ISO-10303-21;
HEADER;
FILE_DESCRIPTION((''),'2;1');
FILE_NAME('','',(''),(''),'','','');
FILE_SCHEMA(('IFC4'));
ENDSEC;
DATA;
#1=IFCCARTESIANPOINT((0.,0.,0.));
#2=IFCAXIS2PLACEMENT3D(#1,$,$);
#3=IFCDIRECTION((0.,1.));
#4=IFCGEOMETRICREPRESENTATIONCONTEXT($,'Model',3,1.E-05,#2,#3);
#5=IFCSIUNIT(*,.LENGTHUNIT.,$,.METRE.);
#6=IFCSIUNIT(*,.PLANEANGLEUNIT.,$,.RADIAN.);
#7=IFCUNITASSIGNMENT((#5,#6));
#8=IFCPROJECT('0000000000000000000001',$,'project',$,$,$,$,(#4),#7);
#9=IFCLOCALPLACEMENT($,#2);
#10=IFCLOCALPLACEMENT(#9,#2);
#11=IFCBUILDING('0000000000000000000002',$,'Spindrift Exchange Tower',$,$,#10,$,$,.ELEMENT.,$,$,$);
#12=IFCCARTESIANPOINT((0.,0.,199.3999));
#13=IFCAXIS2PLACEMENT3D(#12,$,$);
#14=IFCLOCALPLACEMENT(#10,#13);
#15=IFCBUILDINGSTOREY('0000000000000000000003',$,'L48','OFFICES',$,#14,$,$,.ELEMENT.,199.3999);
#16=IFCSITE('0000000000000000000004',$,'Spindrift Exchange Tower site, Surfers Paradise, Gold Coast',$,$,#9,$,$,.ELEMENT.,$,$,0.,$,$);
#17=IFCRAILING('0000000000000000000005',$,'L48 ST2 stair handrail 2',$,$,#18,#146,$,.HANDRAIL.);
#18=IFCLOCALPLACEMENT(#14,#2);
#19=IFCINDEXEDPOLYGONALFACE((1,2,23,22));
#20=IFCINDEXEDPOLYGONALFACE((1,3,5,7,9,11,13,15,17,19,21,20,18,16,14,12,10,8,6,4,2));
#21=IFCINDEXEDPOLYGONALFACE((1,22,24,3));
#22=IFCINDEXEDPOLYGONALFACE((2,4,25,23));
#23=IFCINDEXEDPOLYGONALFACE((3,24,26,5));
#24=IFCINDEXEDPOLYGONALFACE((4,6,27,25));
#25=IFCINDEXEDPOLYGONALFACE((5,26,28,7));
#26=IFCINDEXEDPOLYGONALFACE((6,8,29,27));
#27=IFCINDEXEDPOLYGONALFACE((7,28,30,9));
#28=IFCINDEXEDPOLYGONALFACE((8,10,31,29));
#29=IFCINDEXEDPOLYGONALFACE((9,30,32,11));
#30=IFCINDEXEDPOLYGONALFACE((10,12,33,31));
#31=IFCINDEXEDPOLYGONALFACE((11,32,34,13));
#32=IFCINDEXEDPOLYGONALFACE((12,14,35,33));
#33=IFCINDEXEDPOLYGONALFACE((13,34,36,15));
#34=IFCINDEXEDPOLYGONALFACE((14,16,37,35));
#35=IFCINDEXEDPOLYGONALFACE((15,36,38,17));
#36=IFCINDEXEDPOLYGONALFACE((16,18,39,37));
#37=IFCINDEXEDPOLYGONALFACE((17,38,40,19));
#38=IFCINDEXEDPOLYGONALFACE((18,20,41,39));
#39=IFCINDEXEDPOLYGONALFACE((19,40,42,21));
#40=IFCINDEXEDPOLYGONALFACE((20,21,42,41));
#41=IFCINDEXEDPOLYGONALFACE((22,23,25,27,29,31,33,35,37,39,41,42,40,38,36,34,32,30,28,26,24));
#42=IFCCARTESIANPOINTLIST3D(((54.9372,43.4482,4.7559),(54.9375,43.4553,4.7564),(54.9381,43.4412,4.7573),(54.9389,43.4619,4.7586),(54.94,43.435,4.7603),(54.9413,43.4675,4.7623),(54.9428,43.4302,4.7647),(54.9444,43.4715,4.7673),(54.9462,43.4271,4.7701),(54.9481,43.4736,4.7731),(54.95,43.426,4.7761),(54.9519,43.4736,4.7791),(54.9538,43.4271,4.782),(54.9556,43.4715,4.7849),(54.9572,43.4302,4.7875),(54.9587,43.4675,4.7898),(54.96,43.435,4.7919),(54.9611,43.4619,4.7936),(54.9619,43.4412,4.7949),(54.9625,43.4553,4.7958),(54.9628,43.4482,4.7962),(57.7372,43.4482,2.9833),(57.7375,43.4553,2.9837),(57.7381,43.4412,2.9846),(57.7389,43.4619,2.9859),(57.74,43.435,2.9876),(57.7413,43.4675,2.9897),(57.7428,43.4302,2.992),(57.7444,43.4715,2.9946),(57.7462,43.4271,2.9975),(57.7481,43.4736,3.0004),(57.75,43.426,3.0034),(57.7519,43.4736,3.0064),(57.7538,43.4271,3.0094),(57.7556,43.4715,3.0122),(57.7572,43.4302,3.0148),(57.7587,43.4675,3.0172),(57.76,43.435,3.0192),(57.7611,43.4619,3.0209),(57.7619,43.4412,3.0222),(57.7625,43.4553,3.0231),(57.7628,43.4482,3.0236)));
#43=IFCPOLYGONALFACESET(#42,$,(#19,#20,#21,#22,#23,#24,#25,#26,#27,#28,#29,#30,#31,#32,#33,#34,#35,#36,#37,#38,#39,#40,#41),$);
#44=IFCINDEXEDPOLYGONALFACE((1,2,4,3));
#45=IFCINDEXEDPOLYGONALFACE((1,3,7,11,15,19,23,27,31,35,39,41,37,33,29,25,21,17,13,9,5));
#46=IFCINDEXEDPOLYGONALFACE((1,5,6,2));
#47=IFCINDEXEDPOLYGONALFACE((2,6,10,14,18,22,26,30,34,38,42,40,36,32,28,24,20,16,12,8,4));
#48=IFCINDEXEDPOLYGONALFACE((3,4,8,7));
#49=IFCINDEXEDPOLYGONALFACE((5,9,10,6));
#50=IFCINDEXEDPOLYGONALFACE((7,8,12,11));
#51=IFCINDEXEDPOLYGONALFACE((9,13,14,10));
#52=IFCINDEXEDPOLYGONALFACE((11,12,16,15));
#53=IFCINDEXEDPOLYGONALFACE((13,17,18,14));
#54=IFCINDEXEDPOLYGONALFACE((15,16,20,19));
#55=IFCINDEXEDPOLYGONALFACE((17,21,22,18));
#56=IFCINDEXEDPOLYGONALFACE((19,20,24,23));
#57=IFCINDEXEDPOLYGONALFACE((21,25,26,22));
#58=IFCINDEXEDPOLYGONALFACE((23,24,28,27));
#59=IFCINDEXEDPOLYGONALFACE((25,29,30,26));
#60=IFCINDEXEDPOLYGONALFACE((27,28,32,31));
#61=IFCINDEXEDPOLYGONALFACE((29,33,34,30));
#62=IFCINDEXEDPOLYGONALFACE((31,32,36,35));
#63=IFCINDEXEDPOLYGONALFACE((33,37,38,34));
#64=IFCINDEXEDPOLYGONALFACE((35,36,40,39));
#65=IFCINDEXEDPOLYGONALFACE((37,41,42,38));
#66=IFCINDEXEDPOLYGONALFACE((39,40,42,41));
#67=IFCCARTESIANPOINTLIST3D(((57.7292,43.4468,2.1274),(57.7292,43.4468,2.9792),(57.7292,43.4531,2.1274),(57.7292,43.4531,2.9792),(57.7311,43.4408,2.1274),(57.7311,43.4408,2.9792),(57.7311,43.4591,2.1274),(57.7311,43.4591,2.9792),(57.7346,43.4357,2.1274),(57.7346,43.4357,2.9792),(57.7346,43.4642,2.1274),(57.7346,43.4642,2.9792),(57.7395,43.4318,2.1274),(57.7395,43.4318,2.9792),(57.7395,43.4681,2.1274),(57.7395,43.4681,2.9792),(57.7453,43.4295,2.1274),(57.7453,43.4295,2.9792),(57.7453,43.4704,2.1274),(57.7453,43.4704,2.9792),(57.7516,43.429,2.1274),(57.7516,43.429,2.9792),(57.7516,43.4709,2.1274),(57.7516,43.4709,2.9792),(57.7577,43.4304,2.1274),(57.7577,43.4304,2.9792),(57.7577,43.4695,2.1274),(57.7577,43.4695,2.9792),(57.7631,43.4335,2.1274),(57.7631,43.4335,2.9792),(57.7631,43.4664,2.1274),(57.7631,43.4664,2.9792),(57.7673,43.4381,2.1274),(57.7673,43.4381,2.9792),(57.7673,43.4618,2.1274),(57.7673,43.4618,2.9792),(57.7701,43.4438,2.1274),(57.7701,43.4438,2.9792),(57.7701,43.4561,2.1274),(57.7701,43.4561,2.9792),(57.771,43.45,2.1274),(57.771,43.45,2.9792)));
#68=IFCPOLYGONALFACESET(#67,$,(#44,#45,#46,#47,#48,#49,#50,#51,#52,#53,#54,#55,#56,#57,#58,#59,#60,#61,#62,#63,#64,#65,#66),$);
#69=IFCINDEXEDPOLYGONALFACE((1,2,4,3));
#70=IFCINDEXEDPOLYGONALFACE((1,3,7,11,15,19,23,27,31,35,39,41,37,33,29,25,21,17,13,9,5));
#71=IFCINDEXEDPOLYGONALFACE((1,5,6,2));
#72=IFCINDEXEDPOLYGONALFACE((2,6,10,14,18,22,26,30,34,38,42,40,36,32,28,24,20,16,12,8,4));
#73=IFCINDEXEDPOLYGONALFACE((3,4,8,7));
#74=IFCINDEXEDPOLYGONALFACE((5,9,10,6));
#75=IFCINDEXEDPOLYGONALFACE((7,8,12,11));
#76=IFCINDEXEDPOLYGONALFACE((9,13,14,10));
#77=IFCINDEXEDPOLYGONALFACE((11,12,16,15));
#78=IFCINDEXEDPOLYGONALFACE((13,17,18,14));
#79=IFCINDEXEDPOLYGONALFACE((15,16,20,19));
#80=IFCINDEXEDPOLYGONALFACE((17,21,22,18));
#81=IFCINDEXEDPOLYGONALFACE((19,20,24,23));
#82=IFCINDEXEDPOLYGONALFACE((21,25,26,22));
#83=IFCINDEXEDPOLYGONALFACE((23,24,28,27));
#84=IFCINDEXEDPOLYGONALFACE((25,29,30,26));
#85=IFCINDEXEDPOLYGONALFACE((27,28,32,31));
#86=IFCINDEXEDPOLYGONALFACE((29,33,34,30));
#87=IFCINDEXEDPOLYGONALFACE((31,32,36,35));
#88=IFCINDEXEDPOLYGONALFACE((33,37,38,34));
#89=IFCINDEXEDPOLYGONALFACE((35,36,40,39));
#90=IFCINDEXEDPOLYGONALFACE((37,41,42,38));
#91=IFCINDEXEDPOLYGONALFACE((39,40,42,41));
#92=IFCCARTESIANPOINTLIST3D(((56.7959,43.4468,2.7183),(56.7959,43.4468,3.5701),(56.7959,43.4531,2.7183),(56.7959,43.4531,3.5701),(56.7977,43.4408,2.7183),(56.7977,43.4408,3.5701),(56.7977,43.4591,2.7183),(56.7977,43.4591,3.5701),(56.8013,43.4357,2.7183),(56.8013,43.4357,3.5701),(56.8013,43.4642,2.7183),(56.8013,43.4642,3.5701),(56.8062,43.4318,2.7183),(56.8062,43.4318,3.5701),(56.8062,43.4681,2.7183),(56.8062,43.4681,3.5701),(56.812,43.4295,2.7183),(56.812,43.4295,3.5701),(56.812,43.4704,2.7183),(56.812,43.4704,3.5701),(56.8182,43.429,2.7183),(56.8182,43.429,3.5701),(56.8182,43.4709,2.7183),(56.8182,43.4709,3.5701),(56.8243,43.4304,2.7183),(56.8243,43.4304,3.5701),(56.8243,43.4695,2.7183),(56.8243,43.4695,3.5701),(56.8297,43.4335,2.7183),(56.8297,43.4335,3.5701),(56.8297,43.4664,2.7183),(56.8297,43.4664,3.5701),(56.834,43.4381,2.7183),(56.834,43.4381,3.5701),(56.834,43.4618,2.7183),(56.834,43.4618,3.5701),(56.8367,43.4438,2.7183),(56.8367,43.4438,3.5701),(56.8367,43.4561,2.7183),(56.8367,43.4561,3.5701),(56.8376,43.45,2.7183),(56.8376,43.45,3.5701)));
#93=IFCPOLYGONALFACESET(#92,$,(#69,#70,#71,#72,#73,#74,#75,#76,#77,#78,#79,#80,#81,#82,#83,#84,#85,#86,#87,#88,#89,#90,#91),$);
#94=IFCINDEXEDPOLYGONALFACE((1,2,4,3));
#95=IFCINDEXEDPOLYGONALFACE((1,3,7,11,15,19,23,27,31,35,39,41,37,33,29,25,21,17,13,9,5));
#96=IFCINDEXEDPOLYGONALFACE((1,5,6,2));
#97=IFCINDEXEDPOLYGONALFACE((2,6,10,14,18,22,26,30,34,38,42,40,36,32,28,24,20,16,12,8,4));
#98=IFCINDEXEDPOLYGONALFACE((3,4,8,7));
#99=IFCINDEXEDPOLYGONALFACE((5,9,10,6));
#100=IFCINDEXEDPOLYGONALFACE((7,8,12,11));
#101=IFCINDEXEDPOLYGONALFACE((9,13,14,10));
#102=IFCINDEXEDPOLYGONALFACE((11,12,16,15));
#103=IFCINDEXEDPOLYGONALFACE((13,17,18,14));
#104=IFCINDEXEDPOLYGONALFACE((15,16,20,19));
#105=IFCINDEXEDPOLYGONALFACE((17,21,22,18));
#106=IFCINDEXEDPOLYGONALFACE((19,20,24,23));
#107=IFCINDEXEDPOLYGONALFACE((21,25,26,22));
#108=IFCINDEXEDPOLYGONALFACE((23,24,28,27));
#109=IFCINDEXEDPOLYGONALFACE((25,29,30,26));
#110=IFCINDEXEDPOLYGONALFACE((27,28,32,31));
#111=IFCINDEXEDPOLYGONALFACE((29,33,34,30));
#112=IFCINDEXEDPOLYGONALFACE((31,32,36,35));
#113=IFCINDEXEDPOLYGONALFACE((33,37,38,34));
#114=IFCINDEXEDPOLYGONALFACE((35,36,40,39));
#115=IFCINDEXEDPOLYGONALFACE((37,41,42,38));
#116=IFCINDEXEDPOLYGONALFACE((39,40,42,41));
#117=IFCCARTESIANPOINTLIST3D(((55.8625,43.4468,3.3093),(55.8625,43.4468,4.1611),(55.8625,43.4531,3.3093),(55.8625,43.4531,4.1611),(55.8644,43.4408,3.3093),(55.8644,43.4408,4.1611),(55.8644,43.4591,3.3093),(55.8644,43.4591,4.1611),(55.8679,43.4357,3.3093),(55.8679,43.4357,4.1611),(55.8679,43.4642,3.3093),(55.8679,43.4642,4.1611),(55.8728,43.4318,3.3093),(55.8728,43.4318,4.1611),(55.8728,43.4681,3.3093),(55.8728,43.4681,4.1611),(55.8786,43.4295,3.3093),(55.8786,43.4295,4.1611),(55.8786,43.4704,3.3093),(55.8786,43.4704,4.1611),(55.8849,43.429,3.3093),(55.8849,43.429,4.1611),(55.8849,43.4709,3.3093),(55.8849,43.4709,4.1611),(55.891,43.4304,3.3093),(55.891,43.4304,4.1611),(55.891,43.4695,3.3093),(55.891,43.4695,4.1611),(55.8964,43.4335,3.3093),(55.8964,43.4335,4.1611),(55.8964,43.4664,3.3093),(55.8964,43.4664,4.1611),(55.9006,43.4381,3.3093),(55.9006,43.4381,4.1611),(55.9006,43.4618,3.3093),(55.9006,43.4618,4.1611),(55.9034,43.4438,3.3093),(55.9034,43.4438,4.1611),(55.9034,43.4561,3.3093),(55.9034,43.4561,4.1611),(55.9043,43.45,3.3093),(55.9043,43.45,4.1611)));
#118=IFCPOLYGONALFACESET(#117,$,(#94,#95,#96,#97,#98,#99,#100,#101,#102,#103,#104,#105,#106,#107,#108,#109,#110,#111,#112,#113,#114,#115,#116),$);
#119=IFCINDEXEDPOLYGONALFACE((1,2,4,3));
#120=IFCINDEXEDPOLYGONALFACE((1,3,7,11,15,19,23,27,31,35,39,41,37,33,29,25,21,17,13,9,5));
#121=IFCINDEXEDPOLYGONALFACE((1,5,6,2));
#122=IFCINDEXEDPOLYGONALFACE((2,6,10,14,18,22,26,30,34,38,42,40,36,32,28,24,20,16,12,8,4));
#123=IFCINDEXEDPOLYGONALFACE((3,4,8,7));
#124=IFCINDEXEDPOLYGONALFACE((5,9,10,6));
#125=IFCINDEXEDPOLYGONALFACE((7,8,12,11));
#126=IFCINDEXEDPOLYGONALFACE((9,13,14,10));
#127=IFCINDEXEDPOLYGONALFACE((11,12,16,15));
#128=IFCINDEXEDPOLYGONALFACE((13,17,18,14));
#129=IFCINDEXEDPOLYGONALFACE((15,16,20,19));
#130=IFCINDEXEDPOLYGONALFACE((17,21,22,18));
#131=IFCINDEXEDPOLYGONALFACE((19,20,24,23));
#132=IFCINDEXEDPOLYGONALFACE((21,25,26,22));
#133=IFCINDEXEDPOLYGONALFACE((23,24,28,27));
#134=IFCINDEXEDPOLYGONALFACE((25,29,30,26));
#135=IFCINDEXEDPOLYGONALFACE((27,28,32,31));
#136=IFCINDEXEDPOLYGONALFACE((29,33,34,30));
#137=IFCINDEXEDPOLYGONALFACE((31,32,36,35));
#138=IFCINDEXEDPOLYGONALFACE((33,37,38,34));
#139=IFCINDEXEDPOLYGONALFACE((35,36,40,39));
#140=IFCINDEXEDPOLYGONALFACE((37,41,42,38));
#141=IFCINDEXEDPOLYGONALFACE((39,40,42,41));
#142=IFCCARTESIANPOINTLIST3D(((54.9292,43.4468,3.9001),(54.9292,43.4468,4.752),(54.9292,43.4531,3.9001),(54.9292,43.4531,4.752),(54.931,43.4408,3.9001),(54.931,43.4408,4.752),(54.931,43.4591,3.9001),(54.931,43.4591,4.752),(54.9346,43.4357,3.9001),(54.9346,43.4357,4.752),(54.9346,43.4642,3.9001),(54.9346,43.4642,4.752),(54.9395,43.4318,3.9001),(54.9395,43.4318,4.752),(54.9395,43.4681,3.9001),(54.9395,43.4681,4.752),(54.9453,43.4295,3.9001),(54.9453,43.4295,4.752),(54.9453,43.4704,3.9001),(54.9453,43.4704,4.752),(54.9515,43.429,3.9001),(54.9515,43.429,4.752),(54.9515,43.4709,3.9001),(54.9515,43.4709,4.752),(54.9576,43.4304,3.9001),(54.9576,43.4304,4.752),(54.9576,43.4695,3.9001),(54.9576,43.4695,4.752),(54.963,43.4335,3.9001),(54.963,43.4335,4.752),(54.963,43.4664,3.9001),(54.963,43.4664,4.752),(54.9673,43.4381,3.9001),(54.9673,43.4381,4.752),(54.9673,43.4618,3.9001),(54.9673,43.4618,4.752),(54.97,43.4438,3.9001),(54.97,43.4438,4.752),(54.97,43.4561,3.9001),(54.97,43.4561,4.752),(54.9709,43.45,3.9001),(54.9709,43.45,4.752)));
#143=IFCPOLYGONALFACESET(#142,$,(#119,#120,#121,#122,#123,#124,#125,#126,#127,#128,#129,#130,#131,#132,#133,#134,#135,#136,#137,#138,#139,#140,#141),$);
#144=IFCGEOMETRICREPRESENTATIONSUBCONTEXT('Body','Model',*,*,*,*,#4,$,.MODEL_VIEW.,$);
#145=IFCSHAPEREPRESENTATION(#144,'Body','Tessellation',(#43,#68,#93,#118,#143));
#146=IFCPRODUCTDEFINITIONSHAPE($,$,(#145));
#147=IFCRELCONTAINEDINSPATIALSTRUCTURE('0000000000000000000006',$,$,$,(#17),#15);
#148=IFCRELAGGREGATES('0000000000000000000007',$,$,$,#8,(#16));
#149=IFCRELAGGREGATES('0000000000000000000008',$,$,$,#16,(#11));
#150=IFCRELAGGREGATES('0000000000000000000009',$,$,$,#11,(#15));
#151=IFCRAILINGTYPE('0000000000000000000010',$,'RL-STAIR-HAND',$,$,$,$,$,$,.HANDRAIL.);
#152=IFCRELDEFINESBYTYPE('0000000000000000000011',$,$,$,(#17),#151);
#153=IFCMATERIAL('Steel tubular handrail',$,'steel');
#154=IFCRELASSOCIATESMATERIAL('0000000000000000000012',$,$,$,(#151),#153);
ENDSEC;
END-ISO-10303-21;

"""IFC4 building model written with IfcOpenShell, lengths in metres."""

from ifc_helpers import new_model, si_unit, direction, frame, origin, origin_2d, place, context, subcontext, project, spatial, circle, extrude, material, type_object, element, save


model = new_model("IFC4")

# Units and contexts
model_context = context("Model", 3, precision=1e-05, world=origin(), true_north=direction((0.0, 1.0)))
body_context = subcontext(model_context, "Body", "Model", "MODEL_VIEW")
ifc_project = project(units=[si_unit("LENGTHUNIT", "METRE"), si_unit("PLANEANGLEUNIT", "RADIAN")], contexts=[model_context])

# Site, building, storey
site_placement = place(None, origin())
site = spatial("IfcSite", under=ifc_project, at=site_placement, Name="Spindrift Exchange Tower site, Surfers Paradise, Gold Coast", CompositionType="ELEMENT", RefElevation=0.0)
building_placement = place(site_placement, origin())
building = spatial("IfcBuilding", under=site, at=building_placement, Name="Spindrift Exchange Tower", CompositionType="ELEMENT")
storey_placement = place(building_placement, frame((0.0, 0.0, 199.3999)))
storey = spatial("IfcBuildingStorey", under=building, at=storey_placement, Name="L48", Description="OFFICES", CompositionType="ELEMENT", Elevation=199.3999)

# Railing
ifc_material_1 = material(Name="Steel tubular handrail", Category="steel")
railing_type_1 = type_object("IfcRailingType", Name="RL-STAIR-HAND", PredefinedType="HANDRAIL", material=ifc_material_1)
railing_1_placement = place(storey_placement, frame((57.75, 43.45, 2.1274)))
element("IfcRailing", 1, at=railing_1_placement, inside=storey, type_object=railing_type_1, Name="L48 ST2 stair handrail 2", PredefinedType="HANDRAIL", context=body_context, shape_type="SweptSolid", body=[
    extrude(circle(Radius=0.0239, at=origin_2d()), frame((0.0, 0.0, 0.876), z_axis=(-0.844909, 0.0, 0.53491), x_axis=(0.0, -1.0, 0.0)), (0.0, 0.0, 1.0), 3.314),
    extrude(circle(Radius=0.021, at=origin_2d()), origin(), (0.0, 0.0, 1.0), 0.8518),
    extrude(circle(Radius=0.021, at=origin_2d()), frame((-0.9333, 0.0, 0.5908)), (0.0, 0.0, 1.0), 0.8518),
    extrude(circle(Radius=0.021, at=origin_2d()), frame((-1.8667, 0.0, 1.1819)), (0.0, 0.0, 1.0), 0.8518),
    extrude(circle(Radius=0.021, at=origin_2d()), frame((-2.8, 0.0, 1.7727)), (0.0, 0.0, 1.0), 0.8518),
])

save(model, "model.ifc")
